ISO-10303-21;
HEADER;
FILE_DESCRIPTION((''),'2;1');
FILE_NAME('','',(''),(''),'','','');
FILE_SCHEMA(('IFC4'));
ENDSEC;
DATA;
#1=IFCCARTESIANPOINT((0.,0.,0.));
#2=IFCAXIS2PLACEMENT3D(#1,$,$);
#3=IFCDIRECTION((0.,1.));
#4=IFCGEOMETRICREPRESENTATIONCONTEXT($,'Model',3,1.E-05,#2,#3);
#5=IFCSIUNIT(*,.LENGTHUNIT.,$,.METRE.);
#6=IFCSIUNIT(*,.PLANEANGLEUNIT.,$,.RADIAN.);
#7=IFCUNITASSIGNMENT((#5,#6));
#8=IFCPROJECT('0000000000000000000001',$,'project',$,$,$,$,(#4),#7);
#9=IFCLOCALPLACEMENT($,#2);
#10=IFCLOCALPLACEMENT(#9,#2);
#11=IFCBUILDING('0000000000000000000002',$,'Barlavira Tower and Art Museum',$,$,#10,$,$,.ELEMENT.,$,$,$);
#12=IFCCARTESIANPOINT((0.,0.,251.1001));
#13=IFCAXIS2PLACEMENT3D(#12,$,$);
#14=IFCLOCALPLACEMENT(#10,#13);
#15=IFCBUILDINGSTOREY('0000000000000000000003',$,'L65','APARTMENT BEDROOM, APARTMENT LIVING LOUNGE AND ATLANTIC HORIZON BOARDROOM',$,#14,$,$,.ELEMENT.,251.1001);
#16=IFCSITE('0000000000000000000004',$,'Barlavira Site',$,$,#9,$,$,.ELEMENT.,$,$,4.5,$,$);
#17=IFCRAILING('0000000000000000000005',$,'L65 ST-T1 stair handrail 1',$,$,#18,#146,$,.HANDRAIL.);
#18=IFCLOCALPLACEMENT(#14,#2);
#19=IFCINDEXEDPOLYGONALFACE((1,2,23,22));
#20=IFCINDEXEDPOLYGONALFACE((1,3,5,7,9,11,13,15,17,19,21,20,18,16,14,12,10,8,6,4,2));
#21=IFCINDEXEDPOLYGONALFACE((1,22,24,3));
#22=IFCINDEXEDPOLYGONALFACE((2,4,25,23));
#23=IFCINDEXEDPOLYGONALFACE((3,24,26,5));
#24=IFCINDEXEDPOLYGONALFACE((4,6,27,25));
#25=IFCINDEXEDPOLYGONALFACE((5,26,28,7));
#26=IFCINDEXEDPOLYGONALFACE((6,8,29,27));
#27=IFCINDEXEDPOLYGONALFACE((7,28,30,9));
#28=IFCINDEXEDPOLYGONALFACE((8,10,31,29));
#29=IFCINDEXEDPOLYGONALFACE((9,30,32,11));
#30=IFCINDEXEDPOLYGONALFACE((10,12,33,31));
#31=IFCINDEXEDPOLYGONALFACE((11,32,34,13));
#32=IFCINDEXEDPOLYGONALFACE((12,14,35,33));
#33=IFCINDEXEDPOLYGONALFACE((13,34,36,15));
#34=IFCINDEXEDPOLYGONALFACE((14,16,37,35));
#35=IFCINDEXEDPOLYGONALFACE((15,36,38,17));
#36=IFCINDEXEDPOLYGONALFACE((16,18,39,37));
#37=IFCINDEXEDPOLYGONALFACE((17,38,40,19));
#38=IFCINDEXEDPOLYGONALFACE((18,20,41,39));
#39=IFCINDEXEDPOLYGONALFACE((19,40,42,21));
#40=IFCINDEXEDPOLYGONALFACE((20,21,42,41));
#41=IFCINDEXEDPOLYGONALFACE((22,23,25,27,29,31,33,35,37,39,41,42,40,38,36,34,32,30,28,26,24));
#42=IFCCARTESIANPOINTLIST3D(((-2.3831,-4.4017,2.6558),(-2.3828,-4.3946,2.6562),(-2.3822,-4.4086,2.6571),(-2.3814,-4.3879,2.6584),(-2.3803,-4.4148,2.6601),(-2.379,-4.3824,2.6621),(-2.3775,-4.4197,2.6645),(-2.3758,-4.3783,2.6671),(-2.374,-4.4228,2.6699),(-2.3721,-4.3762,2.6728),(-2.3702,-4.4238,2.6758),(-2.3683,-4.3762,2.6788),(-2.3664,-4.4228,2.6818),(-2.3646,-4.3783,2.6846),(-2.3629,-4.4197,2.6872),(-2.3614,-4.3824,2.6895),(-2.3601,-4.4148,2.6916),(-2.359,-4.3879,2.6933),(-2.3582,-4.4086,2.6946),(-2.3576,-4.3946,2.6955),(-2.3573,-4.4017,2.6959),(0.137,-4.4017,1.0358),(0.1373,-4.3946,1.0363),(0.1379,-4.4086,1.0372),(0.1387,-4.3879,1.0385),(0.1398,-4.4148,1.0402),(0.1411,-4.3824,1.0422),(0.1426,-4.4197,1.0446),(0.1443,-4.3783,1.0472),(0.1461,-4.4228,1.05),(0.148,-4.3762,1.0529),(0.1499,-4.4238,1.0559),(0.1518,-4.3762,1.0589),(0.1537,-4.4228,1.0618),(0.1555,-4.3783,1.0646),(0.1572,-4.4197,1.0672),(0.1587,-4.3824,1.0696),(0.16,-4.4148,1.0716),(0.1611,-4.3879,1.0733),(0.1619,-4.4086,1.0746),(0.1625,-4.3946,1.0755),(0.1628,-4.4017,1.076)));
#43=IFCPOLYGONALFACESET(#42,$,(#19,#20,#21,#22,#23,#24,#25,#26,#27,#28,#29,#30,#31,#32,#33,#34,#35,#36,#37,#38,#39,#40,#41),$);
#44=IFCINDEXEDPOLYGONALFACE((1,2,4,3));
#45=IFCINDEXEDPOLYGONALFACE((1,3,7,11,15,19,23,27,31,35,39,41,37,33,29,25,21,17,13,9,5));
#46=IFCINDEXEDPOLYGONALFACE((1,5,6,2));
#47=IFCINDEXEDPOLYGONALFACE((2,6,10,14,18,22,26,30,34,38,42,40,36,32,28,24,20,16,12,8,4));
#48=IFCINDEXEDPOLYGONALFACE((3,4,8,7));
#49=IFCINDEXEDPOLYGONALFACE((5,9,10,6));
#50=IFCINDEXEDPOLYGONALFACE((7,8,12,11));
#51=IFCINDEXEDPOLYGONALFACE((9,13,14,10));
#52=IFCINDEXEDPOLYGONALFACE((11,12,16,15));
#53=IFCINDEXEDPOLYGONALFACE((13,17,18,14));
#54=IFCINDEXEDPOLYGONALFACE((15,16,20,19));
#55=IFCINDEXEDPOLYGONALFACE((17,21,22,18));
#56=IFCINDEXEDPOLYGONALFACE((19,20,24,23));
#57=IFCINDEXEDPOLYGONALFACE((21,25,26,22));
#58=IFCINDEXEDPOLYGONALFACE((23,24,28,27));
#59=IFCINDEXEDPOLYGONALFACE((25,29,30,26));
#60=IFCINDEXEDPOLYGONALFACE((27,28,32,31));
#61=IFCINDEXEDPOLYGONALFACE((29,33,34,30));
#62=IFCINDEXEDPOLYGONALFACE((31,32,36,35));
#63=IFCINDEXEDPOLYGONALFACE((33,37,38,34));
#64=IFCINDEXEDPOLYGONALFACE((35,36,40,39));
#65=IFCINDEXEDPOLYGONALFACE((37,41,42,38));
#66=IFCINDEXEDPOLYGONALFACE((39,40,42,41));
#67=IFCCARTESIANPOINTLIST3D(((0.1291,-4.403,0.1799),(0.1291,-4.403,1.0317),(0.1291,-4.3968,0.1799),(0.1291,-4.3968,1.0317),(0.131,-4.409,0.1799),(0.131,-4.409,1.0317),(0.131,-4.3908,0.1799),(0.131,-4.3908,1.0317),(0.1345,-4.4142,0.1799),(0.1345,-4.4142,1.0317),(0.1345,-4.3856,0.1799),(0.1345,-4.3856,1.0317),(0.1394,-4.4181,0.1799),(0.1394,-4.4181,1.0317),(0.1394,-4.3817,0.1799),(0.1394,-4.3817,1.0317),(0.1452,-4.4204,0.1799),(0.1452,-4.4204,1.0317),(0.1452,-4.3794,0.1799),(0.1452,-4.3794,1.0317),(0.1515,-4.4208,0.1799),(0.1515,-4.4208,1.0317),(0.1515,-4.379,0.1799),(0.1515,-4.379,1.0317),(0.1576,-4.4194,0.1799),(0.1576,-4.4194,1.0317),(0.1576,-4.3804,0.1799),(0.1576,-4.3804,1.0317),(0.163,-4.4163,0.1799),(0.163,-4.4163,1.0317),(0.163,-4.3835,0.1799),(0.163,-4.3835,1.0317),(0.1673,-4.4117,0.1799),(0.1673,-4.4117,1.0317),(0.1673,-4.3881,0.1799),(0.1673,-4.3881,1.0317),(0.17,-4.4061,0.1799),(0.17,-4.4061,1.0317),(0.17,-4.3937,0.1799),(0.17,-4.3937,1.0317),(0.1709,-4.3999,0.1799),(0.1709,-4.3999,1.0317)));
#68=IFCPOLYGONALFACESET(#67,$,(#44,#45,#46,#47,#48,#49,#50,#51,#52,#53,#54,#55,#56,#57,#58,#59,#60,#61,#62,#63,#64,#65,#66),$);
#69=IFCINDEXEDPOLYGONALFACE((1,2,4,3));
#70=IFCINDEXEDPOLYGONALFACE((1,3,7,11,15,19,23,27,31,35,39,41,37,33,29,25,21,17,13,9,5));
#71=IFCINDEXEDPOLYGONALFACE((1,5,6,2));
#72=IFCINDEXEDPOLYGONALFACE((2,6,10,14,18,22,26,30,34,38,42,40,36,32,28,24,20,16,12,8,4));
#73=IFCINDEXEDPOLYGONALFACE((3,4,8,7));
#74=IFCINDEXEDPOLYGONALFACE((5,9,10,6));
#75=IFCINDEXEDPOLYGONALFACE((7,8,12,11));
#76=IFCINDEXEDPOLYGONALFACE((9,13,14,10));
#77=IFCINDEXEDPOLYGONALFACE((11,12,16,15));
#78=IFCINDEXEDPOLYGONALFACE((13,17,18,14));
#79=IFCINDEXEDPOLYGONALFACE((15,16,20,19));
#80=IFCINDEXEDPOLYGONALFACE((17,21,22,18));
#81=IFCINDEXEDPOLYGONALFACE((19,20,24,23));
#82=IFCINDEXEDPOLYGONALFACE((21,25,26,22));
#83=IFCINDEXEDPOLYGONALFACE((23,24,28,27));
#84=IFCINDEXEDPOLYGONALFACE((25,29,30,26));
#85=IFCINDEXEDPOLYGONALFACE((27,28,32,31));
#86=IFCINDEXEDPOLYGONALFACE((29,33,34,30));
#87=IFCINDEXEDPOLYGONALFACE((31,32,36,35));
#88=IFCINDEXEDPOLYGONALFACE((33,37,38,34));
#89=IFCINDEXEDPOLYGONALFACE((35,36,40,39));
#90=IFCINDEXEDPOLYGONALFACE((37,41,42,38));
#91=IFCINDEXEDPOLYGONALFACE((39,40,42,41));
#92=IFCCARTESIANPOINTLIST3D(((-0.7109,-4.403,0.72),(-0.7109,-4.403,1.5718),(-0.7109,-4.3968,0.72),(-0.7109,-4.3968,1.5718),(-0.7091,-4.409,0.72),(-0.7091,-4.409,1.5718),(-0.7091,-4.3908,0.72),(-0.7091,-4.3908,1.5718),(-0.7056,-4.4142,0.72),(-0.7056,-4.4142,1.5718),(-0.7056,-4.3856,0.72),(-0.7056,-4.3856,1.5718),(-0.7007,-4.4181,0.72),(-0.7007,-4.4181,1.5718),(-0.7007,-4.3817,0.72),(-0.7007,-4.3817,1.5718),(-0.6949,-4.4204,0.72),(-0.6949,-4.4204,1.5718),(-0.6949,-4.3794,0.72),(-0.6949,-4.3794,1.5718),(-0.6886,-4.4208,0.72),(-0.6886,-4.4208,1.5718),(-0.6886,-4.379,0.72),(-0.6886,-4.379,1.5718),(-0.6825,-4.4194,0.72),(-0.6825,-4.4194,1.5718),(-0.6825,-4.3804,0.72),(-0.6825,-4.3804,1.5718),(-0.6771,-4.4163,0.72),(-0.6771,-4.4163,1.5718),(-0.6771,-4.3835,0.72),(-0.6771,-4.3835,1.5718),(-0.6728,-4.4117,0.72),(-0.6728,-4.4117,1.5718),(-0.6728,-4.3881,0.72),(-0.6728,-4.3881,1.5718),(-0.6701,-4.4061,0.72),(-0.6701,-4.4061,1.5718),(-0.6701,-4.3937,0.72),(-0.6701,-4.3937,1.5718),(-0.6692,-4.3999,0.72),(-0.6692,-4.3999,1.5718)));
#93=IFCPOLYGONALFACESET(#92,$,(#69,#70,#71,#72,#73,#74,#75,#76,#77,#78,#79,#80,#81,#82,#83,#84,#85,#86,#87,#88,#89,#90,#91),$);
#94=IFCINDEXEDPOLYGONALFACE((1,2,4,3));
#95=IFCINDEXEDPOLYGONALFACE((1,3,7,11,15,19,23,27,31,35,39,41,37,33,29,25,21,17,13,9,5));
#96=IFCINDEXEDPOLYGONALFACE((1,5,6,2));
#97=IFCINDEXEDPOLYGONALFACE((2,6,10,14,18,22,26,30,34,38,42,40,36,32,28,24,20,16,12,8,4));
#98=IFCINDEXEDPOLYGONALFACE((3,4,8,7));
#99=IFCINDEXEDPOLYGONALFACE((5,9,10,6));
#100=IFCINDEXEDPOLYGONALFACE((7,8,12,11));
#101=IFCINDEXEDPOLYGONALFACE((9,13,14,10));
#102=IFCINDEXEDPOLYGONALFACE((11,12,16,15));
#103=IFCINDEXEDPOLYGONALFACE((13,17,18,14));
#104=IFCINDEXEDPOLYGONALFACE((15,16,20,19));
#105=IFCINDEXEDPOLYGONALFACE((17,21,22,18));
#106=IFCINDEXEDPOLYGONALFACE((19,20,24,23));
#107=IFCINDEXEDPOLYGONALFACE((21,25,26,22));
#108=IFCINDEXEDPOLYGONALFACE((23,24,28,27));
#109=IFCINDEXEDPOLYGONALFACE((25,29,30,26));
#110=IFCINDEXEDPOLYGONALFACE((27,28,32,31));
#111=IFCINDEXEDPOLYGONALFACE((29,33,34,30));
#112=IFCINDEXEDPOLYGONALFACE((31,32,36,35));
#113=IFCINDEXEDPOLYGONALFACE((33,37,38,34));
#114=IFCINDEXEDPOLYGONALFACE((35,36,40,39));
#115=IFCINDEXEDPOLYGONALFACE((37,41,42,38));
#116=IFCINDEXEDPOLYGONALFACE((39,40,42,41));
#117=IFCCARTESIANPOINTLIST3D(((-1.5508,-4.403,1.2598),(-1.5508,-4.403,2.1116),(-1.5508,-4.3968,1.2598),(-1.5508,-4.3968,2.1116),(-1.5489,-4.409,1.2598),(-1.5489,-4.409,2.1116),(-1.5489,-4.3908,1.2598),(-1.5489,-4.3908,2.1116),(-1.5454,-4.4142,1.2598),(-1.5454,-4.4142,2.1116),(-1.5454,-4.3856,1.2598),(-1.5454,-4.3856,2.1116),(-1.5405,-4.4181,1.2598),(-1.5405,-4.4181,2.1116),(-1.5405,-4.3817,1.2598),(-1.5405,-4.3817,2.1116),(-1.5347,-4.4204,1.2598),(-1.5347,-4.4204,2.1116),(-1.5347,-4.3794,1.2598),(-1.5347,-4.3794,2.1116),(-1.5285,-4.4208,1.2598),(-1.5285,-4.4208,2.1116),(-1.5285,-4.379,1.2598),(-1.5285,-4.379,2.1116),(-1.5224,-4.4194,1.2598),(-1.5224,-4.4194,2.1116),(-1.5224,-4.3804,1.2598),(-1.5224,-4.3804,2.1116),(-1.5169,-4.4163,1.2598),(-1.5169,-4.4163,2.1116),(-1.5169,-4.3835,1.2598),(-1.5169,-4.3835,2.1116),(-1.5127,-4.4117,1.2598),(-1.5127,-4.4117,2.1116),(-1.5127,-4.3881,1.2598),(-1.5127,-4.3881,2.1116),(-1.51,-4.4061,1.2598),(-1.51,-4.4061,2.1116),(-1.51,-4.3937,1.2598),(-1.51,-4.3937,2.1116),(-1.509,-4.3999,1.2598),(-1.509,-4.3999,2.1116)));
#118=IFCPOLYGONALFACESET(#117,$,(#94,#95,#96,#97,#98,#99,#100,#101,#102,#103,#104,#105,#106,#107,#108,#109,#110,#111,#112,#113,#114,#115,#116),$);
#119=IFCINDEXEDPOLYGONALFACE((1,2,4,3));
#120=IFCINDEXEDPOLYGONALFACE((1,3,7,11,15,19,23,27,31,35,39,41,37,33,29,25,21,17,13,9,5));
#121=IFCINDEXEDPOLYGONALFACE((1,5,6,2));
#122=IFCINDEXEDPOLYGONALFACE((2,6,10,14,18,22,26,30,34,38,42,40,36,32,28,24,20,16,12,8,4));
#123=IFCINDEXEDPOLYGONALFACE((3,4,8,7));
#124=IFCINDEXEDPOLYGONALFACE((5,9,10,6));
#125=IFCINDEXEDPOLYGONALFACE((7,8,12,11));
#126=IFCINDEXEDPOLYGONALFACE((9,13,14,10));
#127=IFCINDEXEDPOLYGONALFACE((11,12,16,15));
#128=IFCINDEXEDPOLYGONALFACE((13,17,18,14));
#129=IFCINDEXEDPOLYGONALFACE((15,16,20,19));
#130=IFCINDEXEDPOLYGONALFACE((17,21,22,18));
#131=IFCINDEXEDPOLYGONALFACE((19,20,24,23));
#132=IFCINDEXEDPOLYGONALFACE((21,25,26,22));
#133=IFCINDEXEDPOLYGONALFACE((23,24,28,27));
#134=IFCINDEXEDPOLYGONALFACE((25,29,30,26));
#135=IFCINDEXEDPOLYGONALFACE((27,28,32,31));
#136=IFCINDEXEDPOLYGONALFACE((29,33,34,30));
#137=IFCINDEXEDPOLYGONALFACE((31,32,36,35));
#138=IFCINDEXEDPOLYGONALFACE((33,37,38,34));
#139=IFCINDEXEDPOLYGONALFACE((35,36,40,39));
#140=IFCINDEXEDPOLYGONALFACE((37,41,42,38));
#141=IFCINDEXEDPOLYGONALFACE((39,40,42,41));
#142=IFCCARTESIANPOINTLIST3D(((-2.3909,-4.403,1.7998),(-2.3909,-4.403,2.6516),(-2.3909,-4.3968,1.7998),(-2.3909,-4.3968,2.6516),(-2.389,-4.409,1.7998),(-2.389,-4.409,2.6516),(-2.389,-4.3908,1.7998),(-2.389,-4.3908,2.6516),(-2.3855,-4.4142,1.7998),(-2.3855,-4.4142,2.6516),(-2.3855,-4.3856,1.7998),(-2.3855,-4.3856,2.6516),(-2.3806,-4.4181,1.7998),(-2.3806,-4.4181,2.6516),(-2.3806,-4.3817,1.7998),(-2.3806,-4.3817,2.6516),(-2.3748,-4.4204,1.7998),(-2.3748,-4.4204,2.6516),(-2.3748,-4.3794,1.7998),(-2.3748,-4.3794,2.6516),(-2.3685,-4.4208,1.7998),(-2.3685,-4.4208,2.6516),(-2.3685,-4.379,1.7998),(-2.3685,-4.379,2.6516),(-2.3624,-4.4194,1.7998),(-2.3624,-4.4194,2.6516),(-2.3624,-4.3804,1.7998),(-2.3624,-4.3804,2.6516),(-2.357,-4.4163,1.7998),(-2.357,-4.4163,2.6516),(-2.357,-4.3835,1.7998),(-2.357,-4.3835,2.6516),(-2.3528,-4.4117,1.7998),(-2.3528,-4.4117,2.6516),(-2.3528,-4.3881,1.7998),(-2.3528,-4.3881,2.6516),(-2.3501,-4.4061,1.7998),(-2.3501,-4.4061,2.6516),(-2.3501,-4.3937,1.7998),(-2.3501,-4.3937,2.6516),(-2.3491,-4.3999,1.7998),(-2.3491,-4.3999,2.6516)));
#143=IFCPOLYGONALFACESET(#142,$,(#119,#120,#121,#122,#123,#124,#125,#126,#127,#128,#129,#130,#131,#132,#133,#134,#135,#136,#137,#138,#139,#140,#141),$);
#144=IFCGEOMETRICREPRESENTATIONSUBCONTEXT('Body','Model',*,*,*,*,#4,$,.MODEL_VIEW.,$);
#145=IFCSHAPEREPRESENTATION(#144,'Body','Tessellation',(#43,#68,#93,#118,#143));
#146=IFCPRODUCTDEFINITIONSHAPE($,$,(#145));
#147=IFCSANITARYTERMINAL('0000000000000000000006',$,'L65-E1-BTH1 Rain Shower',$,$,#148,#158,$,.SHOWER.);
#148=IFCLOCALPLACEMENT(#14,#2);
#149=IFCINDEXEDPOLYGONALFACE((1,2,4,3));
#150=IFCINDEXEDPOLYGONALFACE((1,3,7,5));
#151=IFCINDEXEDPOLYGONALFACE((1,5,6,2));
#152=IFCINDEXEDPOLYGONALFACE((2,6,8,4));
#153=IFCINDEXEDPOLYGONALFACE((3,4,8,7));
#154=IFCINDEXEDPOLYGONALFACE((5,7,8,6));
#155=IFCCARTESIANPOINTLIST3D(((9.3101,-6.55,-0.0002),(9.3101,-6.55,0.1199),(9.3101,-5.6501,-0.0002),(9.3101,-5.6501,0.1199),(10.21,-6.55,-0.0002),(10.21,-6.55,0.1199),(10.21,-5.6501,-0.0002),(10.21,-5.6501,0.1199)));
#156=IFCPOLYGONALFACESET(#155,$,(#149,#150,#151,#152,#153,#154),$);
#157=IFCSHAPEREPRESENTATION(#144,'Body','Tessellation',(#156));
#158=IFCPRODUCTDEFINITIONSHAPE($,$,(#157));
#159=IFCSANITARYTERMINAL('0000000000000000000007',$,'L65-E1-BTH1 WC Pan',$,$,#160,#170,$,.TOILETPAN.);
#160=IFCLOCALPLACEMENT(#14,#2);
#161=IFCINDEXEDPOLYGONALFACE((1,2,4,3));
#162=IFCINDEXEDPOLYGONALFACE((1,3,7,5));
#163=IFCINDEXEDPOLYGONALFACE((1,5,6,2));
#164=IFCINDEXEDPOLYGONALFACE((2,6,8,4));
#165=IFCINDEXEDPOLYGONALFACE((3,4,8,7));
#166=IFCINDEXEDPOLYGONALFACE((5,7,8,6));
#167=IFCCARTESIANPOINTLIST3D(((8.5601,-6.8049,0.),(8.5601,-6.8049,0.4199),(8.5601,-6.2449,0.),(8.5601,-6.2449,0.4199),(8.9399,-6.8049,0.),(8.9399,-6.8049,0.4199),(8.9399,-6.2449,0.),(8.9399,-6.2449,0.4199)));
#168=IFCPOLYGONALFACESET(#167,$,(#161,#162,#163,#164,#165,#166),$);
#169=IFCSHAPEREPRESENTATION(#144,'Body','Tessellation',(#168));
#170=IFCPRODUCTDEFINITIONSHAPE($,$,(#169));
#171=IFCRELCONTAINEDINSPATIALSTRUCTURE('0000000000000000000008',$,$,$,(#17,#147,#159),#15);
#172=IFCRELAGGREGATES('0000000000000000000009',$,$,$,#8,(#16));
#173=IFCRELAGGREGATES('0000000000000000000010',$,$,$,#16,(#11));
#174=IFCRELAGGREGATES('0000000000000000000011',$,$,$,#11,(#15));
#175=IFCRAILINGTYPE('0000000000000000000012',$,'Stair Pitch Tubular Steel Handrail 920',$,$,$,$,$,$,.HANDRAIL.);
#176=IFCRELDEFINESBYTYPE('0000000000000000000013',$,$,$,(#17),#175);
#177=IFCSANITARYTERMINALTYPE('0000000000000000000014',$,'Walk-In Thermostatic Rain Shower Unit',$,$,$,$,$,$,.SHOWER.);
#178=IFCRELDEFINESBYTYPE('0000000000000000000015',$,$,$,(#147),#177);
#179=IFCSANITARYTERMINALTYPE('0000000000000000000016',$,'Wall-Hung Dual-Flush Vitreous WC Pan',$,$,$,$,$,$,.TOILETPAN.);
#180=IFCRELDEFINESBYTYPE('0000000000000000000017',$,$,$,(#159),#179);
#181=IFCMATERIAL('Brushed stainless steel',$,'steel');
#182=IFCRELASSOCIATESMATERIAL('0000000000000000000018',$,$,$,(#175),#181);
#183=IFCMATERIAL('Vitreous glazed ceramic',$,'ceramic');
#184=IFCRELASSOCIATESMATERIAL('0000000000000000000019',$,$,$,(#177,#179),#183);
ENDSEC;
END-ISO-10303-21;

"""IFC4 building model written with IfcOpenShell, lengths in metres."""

from ifc_helpers import new_model, si_unit, direction, frame, origin, origin_2d, place, context, subcontext, project, spatial, rectangle, circle, extrude, material, type_object, element, save


model = new_model("IFC4")

# Units and contexts
model_context = context("Model", 3, precision=1e-05, world=origin(), true_north=direction((0.0, 1.0)))
body_context = subcontext(model_context, "Body", "Model", "MODEL_VIEW")
ifc_project = project(units=[si_unit("LENGTHUNIT", "METRE"), si_unit("PLANEANGLEUNIT", "RADIAN")], contexts=[model_context])

# Site, building, storey
site_placement = place(None, origin())
site = spatial("IfcSite", under=ifc_project, at=site_placement, Name="Barlavira Site", CompositionType="ELEMENT", RefElevation=4.5)
building_placement = place(site_placement, origin())
building = spatial("IfcBuilding", under=site, at=building_placement, Name="Barlavira Tower and Art Museum", CompositionType="ELEMENT")
storey_placement = place(building_placement, frame((0.0, 0.0, 251.1001)))
storey = spatial("IfcBuildingStorey", under=building, at=storey_placement, Name="L65", Description="APARTMENT BEDROOM, APARTMENT LIVING LOUNGE AND ATLANTIC HORIZON BOARDROOM", CompositionType="ELEMENT", Elevation=251.1001)

# Shared definitions
ifc_material_1 = material(Name="Brushed stainless steel", Category="steel")

# Railing
railing_type_1 = type_object("IfcRailingType", Name="Stair Pitch Tubular Steel Handrail 920", PredefinedType="HANDRAIL", material=ifc_material_1)
railing_1_placement = place(storey_placement, frame((0.1499, -4.3999, 0.1799)))
element("IfcRailing", 1, at=railing_1_placement, inside=storey, type_object=railing_type_1, Name="L65 ST-T1 stair handrail 1", PredefinedType="HANDRAIL", context=body_context, shape_type="SweptSolid", body=[
    extrude(circle(Radius=0.0239, at=origin_2d()), frame((0.0, 0.0, 0.876), z_axis=(-0.8412, 0.0, 0.540725), x_axis=(0.0, -1.0, 0.0)), (0.0, 0.0, 1.0), 2.9958),
    extrude(circle(Radius=0.021, at=origin_2d()), origin(), (0.0, 0.0, 1.0), 0.8518),
    extrude(circle(Radius=0.021, at=origin_2d()), frame((-0.8401, 0.0, 0.54)), (0.0, 0.0, 1.0), 0.8518),
    extrude(circle(Radius=0.021, at=origin_2d()), frame((-1.6799, 0.0, 1.0798)), (0.0, 0.0, 1.0), 0.8518),
    extrude(circle(Radius=0.021, at=origin_2d()), frame((-2.52, 0.0, 1.6199)), (0.0, 0.0, 1.0), 0.8518),
])

# Sanitary terminals
ifc_material_2 = material(Name="Vitreous glazed ceramic", Category="ceramic")
sanitary_terminal_type_1 = type_object("IfcSanitaryTerminalType", Name="Walk-In Thermostatic Rain Shower Unit", PredefinedType="SHOWER", material=ifc_material_2)
sanitary_terminal_1_placement = place(storey_placement, frame((9.76, -6.1001, -0.0002), z_axis=(0.0, 0.0, 1.0), x_axis=(1.0, 0.0, 0.0)))
element("IfcSanitaryTerminal", 2, at=sanitary_terminal_1_placement, inside=storey, type_object=sanitary_terminal_type_1, Name="L65-E1-BTH1 Rain Shower", PredefinedType="SHOWER", context=body_context, shape_type="SweptSolid", body=[
    extrude(rectangle(XDim=0.8999, YDim=0.8999, at=origin_2d()), origin(), (0.0, 0.0, 1.0), 0.1201),
])
sanitary_terminal_type_2 = type_object("IfcSanitaryTerminalType", Name="Wall-Hung Dual-Flush Vitreous WC Pan", PredefinedType="TOILETPAN", material=ifc_material_2)
sanitary_terminal_2_placement = place(storey_placement, frame((8.75, -6.5249, 0.0), z_axis=(0.0, 0.0, 1.0), x_axis=(1.0, 0.0, 0.0)))
element("IfcSanitaryTerminal", 3, at=sanitary_terminal_2_placement, inside=storey, type_object=sanitary_terminal_type_2, Name="L65-E1-BTH1 WC Pan", PredefinedType="TOILETPAN", context=body_context, shape_type="SweptSolid", body=[
    extrude(rectangle(XDim=0.3799, YDim=0.5601, at=origin_2d()), origin(), (0.0, 0.0, 1.0), 0.4199),
])

save(model, "model.ifc")
